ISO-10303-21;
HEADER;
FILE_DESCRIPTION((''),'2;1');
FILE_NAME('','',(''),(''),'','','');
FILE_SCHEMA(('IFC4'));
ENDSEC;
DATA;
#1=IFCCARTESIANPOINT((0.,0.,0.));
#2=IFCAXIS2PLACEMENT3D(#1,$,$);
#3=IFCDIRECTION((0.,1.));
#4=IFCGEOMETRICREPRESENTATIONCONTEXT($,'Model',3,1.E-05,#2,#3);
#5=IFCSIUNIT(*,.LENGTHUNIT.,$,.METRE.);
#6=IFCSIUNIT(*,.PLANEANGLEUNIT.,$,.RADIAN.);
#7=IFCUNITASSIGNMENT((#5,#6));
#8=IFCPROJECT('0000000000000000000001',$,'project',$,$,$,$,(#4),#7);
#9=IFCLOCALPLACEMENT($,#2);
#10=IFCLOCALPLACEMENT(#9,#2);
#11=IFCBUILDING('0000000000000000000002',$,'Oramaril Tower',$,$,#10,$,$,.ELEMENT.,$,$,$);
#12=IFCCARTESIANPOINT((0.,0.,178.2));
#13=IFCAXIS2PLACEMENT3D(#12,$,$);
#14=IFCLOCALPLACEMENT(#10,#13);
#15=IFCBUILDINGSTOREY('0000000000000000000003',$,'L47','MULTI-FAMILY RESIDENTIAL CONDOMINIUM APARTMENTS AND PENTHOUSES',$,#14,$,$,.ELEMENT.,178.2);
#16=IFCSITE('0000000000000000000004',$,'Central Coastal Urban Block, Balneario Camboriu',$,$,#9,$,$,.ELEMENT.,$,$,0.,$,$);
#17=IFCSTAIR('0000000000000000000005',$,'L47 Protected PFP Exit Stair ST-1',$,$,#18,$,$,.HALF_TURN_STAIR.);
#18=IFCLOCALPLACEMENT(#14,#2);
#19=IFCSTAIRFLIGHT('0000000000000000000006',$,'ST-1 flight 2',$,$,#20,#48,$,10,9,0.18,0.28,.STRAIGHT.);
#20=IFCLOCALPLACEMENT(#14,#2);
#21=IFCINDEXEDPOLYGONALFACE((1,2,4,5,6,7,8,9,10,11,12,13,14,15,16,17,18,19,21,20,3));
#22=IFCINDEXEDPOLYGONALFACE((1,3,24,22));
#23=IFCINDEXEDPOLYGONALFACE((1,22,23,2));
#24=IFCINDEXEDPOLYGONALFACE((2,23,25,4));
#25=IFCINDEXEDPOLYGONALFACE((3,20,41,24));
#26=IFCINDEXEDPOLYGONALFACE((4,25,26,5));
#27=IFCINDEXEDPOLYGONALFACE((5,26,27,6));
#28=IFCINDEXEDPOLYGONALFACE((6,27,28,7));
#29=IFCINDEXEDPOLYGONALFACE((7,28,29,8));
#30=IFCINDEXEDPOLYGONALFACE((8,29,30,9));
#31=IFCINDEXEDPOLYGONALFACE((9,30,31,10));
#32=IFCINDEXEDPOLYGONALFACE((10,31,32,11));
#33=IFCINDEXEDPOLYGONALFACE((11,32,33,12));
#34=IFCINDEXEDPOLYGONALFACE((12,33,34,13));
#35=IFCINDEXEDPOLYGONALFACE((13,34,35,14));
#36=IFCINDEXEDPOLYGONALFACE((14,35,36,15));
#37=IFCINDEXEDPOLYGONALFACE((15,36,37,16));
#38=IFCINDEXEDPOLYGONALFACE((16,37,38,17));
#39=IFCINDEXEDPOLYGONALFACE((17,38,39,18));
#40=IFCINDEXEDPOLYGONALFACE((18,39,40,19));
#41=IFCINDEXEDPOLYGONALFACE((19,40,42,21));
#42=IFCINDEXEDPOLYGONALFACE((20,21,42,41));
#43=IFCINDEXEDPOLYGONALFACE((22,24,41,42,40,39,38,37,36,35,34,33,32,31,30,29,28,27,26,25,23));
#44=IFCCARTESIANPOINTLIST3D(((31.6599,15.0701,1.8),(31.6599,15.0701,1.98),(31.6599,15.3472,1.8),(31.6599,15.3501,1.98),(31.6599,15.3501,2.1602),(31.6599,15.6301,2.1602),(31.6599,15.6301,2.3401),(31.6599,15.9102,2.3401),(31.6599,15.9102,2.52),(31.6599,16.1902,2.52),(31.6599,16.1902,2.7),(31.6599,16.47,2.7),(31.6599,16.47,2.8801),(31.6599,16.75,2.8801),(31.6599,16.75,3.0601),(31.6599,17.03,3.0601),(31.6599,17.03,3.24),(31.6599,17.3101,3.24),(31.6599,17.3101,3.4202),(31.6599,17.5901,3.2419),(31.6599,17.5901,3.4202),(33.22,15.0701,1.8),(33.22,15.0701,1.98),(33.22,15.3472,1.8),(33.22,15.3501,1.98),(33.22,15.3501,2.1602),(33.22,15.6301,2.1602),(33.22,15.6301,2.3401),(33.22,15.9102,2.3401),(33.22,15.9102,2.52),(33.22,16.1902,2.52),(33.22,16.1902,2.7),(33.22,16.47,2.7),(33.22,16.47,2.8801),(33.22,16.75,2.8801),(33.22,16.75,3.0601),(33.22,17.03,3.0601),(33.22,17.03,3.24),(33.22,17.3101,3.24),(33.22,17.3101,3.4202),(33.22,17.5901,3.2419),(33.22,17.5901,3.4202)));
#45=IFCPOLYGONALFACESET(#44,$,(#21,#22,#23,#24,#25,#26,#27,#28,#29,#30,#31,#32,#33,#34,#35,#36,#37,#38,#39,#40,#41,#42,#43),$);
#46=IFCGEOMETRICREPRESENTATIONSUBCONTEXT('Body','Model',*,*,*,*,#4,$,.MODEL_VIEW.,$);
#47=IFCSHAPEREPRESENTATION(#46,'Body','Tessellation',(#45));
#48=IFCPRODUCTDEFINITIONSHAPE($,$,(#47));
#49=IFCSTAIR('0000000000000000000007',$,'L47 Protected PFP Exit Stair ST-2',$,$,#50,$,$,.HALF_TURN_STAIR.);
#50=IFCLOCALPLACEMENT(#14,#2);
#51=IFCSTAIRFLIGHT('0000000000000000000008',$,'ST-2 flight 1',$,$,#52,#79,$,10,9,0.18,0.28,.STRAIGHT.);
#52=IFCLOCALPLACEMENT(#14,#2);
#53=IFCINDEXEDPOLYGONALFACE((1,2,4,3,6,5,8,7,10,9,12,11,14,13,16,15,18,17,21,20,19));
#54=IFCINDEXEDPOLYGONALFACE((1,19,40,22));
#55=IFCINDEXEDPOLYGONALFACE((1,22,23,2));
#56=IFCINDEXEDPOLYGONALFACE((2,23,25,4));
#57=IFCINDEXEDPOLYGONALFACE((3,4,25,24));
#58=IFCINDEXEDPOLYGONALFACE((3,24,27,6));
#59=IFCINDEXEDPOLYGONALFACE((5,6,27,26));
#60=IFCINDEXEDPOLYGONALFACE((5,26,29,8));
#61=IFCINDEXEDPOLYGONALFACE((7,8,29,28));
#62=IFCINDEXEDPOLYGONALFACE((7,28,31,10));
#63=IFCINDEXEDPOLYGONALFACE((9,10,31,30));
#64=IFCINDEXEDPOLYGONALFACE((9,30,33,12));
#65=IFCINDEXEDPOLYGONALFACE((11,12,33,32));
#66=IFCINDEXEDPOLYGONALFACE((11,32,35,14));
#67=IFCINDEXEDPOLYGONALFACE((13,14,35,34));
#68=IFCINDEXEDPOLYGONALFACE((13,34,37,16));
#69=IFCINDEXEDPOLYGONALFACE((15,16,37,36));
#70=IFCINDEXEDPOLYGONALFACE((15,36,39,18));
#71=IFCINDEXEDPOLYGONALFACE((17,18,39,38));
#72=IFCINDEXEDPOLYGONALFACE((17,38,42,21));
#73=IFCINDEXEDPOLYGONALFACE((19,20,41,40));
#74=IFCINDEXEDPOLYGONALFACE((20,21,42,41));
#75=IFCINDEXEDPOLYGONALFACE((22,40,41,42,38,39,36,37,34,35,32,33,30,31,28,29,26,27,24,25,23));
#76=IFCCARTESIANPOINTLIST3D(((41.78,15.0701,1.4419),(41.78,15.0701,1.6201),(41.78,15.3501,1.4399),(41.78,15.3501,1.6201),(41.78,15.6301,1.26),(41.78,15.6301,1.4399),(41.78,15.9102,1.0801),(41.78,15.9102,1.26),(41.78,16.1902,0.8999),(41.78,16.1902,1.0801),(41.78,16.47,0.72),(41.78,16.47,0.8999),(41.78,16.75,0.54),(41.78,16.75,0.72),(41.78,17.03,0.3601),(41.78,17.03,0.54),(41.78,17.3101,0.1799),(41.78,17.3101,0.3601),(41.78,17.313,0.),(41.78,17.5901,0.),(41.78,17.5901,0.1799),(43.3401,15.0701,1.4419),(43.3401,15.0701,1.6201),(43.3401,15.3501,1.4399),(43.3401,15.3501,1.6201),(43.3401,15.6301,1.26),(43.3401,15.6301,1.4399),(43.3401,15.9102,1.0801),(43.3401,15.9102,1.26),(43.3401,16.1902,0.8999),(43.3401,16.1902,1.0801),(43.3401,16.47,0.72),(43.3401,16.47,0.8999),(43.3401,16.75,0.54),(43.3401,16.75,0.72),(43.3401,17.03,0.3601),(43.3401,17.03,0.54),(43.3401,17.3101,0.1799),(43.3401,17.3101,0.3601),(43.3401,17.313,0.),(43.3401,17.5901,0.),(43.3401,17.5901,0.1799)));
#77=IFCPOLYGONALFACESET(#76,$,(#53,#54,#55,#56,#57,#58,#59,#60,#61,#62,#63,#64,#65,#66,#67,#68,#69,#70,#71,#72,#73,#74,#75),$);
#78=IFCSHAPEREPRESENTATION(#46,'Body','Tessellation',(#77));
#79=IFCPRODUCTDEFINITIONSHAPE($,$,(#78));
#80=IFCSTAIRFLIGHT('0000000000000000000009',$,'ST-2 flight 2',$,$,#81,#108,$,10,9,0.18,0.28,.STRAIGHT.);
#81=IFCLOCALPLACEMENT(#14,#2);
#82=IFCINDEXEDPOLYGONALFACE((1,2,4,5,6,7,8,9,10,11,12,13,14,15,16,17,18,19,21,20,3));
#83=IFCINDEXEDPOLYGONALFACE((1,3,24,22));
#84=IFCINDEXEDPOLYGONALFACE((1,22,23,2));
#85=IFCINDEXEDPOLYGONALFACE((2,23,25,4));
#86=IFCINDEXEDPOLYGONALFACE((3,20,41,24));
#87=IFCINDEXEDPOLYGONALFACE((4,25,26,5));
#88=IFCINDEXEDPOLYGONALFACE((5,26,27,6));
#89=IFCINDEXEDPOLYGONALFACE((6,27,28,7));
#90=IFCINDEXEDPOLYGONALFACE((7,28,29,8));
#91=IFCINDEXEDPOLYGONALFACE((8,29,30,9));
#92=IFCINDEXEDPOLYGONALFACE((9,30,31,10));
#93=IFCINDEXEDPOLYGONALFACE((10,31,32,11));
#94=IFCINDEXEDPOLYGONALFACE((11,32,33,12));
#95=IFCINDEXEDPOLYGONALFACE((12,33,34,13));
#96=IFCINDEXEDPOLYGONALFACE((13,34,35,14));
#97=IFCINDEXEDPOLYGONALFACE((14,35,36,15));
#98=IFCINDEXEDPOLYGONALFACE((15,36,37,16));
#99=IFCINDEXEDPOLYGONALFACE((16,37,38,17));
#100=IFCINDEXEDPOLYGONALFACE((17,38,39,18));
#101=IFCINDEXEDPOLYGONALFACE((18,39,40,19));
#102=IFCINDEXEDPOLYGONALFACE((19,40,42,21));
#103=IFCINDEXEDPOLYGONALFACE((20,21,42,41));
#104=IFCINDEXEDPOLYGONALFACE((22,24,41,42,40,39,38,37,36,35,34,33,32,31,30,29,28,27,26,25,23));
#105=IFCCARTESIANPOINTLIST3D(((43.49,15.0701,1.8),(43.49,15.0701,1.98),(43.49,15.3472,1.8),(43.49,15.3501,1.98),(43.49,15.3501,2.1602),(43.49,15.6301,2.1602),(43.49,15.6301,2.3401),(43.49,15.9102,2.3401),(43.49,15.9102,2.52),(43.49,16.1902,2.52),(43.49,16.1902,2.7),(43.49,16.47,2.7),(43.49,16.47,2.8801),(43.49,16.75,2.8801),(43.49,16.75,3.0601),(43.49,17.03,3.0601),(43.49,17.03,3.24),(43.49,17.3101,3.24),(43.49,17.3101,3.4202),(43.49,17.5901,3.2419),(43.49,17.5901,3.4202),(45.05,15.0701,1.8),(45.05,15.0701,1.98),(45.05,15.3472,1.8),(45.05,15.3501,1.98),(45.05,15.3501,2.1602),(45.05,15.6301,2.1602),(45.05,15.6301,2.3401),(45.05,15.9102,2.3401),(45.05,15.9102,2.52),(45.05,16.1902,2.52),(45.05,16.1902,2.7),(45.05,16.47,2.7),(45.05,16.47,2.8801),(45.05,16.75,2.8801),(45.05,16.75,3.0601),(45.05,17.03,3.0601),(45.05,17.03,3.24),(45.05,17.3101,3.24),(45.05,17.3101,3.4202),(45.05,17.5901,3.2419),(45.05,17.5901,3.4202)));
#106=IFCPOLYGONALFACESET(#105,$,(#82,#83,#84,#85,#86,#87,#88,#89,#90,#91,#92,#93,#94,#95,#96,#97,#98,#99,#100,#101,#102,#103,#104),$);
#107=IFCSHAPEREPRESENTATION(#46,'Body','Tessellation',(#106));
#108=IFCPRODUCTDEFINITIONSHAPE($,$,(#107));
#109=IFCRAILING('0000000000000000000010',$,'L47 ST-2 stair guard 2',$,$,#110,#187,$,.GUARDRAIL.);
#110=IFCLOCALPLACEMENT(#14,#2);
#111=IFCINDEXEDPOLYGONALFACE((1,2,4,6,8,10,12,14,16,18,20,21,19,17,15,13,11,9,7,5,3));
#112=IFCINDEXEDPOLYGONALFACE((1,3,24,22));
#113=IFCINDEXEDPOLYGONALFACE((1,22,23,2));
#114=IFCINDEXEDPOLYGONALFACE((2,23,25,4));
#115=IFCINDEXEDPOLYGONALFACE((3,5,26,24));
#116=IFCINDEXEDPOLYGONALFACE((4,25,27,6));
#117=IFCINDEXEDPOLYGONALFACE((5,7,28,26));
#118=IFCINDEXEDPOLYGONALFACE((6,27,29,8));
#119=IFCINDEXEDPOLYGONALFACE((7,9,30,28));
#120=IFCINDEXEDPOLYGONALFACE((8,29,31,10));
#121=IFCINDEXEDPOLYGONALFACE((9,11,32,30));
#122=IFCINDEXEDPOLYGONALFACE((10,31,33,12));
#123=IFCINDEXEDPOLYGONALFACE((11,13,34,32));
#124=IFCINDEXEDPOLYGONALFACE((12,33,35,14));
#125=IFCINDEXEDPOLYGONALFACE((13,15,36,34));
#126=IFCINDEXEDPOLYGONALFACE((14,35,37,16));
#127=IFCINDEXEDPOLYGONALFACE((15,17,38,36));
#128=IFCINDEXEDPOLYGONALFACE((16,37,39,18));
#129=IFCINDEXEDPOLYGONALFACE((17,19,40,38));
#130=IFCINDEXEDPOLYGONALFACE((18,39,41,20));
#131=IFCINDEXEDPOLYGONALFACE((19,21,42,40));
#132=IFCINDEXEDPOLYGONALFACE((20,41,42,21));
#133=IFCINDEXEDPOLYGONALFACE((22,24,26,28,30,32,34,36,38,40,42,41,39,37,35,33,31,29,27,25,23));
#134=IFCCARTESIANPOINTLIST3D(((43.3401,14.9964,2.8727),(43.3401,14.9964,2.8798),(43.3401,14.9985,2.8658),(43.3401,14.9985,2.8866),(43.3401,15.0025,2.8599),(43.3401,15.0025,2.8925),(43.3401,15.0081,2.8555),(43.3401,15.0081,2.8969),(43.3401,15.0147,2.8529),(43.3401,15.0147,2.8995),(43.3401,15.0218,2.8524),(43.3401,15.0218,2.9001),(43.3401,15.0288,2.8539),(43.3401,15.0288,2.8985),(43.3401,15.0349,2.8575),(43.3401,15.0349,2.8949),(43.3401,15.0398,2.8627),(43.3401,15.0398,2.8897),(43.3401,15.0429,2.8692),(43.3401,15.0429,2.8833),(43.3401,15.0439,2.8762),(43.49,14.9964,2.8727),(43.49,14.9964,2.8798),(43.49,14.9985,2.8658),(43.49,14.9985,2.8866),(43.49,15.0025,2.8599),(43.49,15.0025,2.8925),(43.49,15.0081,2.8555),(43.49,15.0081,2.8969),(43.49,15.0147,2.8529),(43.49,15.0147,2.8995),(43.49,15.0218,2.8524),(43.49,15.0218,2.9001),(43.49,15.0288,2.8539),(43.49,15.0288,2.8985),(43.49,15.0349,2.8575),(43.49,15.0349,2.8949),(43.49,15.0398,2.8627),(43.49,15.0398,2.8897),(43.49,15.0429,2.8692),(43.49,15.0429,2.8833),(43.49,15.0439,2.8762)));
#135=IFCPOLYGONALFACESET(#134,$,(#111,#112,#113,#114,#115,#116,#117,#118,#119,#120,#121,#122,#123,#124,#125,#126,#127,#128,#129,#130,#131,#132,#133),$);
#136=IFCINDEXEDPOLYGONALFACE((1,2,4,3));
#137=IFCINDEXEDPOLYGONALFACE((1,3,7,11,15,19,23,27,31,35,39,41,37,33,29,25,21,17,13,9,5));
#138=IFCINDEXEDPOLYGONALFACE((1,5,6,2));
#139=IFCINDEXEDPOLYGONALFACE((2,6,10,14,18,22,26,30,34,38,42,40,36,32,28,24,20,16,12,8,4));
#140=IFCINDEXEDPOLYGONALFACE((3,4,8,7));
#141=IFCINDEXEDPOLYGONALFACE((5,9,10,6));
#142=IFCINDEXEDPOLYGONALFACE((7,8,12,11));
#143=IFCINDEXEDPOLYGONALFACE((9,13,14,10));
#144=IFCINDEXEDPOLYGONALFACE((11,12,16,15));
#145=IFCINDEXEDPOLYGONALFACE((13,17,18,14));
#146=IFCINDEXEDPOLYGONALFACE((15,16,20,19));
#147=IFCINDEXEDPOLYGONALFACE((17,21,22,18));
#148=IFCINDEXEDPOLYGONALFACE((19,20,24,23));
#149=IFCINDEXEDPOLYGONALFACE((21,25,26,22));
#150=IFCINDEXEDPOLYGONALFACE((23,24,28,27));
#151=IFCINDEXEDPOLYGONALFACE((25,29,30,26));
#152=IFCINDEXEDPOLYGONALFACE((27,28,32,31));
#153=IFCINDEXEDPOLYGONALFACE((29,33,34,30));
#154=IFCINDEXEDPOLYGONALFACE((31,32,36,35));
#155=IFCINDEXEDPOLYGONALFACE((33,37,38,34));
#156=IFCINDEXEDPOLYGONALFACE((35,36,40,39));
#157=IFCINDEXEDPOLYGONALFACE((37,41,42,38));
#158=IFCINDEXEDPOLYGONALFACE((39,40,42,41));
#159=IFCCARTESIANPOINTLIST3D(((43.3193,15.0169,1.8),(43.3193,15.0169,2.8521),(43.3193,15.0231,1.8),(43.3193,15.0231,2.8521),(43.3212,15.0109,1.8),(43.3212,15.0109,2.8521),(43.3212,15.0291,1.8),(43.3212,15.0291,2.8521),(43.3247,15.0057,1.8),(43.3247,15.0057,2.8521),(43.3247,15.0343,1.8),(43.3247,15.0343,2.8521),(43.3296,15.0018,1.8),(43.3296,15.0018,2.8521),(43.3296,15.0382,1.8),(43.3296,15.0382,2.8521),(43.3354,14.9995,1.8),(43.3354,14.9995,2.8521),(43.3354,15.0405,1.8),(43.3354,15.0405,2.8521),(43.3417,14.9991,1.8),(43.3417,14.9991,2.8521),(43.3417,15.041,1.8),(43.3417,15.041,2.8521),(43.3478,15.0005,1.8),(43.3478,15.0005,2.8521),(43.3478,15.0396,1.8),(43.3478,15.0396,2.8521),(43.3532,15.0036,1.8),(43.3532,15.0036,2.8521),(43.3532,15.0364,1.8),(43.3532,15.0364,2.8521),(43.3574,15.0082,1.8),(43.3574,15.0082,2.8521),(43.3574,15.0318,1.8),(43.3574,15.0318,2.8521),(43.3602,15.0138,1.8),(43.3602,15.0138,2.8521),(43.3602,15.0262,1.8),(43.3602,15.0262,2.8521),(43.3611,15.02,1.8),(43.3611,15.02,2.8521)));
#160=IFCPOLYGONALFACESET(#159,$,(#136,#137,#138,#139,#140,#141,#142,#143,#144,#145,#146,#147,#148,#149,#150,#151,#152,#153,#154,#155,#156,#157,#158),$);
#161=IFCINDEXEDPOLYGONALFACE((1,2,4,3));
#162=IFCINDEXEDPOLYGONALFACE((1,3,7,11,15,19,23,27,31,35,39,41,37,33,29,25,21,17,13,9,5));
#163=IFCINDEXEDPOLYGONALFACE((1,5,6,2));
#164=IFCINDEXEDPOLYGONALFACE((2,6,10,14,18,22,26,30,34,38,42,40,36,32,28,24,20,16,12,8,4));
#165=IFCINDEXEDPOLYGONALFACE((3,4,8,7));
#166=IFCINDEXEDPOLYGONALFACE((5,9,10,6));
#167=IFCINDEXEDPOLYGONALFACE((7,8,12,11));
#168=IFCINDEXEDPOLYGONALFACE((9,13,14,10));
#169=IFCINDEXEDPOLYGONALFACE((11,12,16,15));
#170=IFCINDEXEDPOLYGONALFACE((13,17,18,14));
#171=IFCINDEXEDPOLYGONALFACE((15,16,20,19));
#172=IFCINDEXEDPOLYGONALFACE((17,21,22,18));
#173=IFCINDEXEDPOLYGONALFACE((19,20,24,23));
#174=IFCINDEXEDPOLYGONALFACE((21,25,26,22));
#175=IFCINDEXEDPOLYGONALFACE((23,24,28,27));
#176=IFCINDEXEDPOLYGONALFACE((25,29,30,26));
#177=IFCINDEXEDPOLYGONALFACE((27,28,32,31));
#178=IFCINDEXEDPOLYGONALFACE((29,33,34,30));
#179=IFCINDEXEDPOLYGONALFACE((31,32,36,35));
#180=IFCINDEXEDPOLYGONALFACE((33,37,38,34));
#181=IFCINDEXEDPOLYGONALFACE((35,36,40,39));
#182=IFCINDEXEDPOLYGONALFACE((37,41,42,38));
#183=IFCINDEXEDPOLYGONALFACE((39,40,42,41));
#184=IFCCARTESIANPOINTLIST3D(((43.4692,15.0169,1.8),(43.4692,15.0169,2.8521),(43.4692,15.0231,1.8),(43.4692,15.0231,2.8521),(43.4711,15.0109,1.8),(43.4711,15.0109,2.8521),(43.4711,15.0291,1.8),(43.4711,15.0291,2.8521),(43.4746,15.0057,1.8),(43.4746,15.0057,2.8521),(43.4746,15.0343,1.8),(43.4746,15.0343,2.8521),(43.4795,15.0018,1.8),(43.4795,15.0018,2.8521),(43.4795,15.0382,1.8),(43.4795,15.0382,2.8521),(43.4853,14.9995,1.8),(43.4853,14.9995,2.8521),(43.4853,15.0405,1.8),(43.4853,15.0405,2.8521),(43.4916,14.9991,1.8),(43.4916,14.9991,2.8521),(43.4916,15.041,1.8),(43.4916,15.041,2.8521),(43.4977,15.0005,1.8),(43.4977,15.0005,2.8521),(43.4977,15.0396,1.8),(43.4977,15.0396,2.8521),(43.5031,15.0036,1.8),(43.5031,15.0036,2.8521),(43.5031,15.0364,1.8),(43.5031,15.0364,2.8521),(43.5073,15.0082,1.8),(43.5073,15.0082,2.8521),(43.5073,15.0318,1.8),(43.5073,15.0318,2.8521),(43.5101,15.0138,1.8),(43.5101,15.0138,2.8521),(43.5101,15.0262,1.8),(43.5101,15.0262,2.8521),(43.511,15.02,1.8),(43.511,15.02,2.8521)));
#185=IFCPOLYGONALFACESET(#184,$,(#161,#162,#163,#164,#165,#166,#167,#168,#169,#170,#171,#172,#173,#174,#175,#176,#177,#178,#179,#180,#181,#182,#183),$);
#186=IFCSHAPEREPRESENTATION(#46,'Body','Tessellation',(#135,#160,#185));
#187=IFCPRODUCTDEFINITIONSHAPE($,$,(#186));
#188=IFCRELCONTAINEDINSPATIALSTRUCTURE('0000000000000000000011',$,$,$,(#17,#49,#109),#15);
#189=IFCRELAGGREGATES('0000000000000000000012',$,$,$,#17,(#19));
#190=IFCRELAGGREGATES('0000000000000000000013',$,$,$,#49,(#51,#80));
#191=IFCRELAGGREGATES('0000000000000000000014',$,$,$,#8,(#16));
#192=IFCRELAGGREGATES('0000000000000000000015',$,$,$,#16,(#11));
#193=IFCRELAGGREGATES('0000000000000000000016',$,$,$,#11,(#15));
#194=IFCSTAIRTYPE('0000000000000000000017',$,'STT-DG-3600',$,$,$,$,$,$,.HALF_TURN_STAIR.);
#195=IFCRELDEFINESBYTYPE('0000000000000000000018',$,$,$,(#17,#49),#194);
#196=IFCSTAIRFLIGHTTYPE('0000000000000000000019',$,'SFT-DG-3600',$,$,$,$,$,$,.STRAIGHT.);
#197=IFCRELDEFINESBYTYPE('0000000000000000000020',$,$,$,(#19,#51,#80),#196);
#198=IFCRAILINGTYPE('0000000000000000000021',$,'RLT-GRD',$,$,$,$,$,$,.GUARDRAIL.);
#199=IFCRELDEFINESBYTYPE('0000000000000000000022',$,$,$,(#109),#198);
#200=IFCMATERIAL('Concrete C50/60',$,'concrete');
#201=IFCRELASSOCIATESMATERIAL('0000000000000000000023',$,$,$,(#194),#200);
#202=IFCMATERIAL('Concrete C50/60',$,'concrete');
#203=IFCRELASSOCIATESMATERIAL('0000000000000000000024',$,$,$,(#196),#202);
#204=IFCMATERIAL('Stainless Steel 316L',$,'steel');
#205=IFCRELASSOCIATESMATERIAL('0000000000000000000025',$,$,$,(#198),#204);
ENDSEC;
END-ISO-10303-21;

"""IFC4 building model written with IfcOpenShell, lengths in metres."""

from ifc_helpers import new_model, si_unit, direction, frame, origin, origin_2d, place, context, subcontext, project, spatial, polyline, circle, outline, extrude, material, type_object, element, aggregate, save


model = new_model("IFC4")

# Units and contexts
model_context = context("Model", 3, precision=1e-05, world=origin(), true_north=direction((0.0, 1.0)))
body_context = subcontext(model_context, "Body", "Model", "MODEL_VIEW")
ifc_project = project(units=[si_unit("LENGTHUNIT", "METRE"), si_unit("PLANEANGLEUNIT", "RADIAN")], contexts=[model_context])

# Site, building, storey
site_placement = place(None, origin())
site = spatial("IfcSite", under=ifc_project, at=site_placement, Name="Central Coastal Urban Block, Balneario Camboriu", CompositionType="ELEMENT", RefElevation=0.0)
building_placement = place(site_placement, origin())
building = spatial("IfcBuilding", under=site, at=building_placement, Name="Oramaril Tower", CompositionType="ELEMENT")
storey_placement = place(building_placement, frame((0.0, 0.0, 178.2)))
storey = spatial("IfcBuildingStorey", under=building, at=storey_placement, Name="L47", Description="MULTI-FAMILY RESIDENTIAL CONDOMINIUM APARTMENTS AND PENTHOUSES", CompositionType="ELEMENT", Elevation=178.2)

# Stair, stair flight
ifc_material_1 = material(Name="Concrete C50/60", Category="concrete")
stair_type = type_object("IfcStairType", Name="STT-DG-3600", PredefinedType="HALF_TURN_STAIR", material=ifc_material_1)
stair_1_placement = place(storey_placement, origin())
stair_1 = element("IfcStair", 1, at=stair_1_placement, inside=storey, type_object=stair_type, Name="L47 Protected PFP Exit Stair ST-1", PredefinedType="HALF_TURN_STAIR")
ifc_material_2 = material(Name="Concrete C50/60", Category="concrete")
stair_flight_type = type_object("IfcStairFlightType", Name="SFT-DG-3600", PredefinedType="STRAIGHT", material=ifc_material_2)
stair_flight_1_placement = place(storey_placement, frame((32.4399, 15.0701, 1.8), z_axis=(0.0, 0.0, 1.0), x_axis=(0.0, 1.0, 0.0)))
stair_flight_1 = element("IfcStairFlight", 2, at=stair_flight_1_placement, type_object=stair_flight_type, Name="ST-1 flight 2", NumberOfRisers=10, NumberOfTreads=9, PredefinedType="STRAIGHT", RiserHeight=0.18, TreadLength=0.28, context=body_context, shape_type="SweptSolid", body=[
    extrude(outline(polyline([(0.0, 0.0), (0.0, 0.1799), (0.28, 0.1799), (0.28, 0.3601), (0.5601, 0.3601), (0.5601, 0.54), (0.8401, 0.54), (0.8401, 0.72), (1.1201, 0.72), (1.1201, 0.8999), (1.3999, 0.8999), (1.3999, 1.0801), (1.6799, 1.0801), (1.6799, 1.26), (1.96, 1.26), (1.96, 1.4399), (2.24, 1.4399), (2.24, 1.6201), (2.52, 1.6201), (2.52, 1.8), (2.52, 1.4419), (0.2771, 0.0), (0.0, 0.0)])), frame((0.0, 0.78, 0.0), z_axis=(0.0, -1.0, 0.0), x_axis=(1.0, 0.0, 0.0)), (0.0, 0.0, 1.0), 1.5601),
])
aggregate(stair_1, [stair_flight_1])

# Stair, stair flights
stair_2_placement = place(storey_placement, origin())
stair_2 = element("IfcStair", 3, at=stair_2_placement, inside=storey, type_object=stair_type, Name="L47 Protected PFP Exit Stair ST-2", PredefinedType="HALF_TURN_STAIR")
stair_flight_2_placement = place(storey_placement, frame((42.5601, 17.5901, 0.0), z_axis=(0.0, 0.0, 1.0), x_axis=(0.0, -1.0, 0.0)))
stair_flight_2 = element("IfcStairFlight", 4, at=stair_flight_2_placement, type_object=stair_flight_type, Name="ST-2 flight 1", NumberOfRisers=10, NumberOfTreads=9, PredefinedType="STRAIGHT", RiserHeight=0.18, TreadLength=0.28, context=body_context, shape_type="SweptSolid", body=[
    extrude(outline(polyline([(0.0, 0.0), (0.0, 0.1799), (0.28, 0.1799), (0.28, 0.3601), (0.5601, 0.3601), (0.5601, 0.54), (0.8401, 0.54), (0.8401, 0.72), (1.1201, 0.72), (1.1201, 0.8999), (1.3999, 0.8999), (1.3999, 1.0801), (1.6799, 1.0801), (1.6799, 1.26), (1.96, 1.26), (1.96, 1.4399), (2.24, 1.4399), (2.24, 1.6201), (2.52, 1.6201), (2.52, 1.8), (2.52, 1.4419), (0.2771, 0.0), (0.0, 0.0)])), frame((0.0, 0.78, 0.0), z_axis=(0.0, -1.0, 0.0), x_axis=(1.0, 0.0, 0.0)), (0.0, 0.0, 1.0), 1.5601),
])
stair_flight_3_placement = place(storey_placement, frame((44.27, 15.0701, 1.8), z_axis=(0.0, 0.0, 1.0), x_axis=(0.0, 1.0, 0.0)))
stair_flight_3 = element("IfcStairFlight", 5, at=stair_flight_3_placement, type_object=stair_flight_type, Name="ST-2 flight 2", NumberOfRisers=10, NumberOfTreads=9, PredefinedType="STRAIGHT", RiserHeight=0.18, TreadLength=0.28, context=body_context, shape_type="SweptSolid", body=[
    extrude(outline(polyline([(0.0, 0.0), (0.0, 0.1799), (0.28, 0.1799), (0.28, 0.3601), (0.5601, 0.3601), (0.5601, 0.54), (0.8401, 0.54), (0.8401, 0.72), (1.1201, 0.72), (1.1201, 0.8999), (1.3999, 0.8999), (1.3999, 1.0801), (1.6799, 1.0801), (1.6799, 1.26), (1.96, 1.26), (1.96, 1.4399), (2.24, 1.4399), (2.24, 1.6201), (2.52, 1.6201), (2.52, 1.8), (2.52, 1.4419), (0.2771, 0.0), (0.0, 0.0)])), frame((0.0, 0.78, 0.0), z_axis=(0.0, -1.0, 0.0), x_axis=(1.0, 0.0, 0.0)), (0.0, 0.0, 1.0), 1.5601),
])
aggregate(stair_2, [stair_flight_2, stair_flight_3])

# Railing
ifc_material_3 = material(Name="Stainless Steel 316L", Category="steel")
railing_type_1 = type_object("IfcRailingType", Name="RLT-GRD", PredefinedType="GUARDRAIL", material=ifc_material_3)
railing_1_placement = place(storey_placement, frame((43.3401, 15.02, 1.8)))
element("IfcRailing", 6, at=railing_1_placement, inside=storey, type_object=railing_type_1, Name="L47 ST-2 stair guard 2", PredefinedType="GUARDRAIL", context=body_context, shape_type="SweptSolid", body=[
    extrude(circle(Radius=0.0239, at=origin_2d()), frame((0.0, 0.0, 1.0762), z_axis=(1.0, 0.0, 0.0), x_axis=(0.0, 1.0, 0.0)), (0.0, 0.0, 1.0), 0.1499),
    extrude(circle(Radius=0.021, at=origin_2d()), origin(), (0.0, 0.0, 1.0), 1.052),
    extrude(circle(Radius=0.021, at=origin_2d()), frame((0.1499, 0.0, 0.0)), (0.0, 0.0, 1.0), 1.052),
])

save(model, "model.ifc")
